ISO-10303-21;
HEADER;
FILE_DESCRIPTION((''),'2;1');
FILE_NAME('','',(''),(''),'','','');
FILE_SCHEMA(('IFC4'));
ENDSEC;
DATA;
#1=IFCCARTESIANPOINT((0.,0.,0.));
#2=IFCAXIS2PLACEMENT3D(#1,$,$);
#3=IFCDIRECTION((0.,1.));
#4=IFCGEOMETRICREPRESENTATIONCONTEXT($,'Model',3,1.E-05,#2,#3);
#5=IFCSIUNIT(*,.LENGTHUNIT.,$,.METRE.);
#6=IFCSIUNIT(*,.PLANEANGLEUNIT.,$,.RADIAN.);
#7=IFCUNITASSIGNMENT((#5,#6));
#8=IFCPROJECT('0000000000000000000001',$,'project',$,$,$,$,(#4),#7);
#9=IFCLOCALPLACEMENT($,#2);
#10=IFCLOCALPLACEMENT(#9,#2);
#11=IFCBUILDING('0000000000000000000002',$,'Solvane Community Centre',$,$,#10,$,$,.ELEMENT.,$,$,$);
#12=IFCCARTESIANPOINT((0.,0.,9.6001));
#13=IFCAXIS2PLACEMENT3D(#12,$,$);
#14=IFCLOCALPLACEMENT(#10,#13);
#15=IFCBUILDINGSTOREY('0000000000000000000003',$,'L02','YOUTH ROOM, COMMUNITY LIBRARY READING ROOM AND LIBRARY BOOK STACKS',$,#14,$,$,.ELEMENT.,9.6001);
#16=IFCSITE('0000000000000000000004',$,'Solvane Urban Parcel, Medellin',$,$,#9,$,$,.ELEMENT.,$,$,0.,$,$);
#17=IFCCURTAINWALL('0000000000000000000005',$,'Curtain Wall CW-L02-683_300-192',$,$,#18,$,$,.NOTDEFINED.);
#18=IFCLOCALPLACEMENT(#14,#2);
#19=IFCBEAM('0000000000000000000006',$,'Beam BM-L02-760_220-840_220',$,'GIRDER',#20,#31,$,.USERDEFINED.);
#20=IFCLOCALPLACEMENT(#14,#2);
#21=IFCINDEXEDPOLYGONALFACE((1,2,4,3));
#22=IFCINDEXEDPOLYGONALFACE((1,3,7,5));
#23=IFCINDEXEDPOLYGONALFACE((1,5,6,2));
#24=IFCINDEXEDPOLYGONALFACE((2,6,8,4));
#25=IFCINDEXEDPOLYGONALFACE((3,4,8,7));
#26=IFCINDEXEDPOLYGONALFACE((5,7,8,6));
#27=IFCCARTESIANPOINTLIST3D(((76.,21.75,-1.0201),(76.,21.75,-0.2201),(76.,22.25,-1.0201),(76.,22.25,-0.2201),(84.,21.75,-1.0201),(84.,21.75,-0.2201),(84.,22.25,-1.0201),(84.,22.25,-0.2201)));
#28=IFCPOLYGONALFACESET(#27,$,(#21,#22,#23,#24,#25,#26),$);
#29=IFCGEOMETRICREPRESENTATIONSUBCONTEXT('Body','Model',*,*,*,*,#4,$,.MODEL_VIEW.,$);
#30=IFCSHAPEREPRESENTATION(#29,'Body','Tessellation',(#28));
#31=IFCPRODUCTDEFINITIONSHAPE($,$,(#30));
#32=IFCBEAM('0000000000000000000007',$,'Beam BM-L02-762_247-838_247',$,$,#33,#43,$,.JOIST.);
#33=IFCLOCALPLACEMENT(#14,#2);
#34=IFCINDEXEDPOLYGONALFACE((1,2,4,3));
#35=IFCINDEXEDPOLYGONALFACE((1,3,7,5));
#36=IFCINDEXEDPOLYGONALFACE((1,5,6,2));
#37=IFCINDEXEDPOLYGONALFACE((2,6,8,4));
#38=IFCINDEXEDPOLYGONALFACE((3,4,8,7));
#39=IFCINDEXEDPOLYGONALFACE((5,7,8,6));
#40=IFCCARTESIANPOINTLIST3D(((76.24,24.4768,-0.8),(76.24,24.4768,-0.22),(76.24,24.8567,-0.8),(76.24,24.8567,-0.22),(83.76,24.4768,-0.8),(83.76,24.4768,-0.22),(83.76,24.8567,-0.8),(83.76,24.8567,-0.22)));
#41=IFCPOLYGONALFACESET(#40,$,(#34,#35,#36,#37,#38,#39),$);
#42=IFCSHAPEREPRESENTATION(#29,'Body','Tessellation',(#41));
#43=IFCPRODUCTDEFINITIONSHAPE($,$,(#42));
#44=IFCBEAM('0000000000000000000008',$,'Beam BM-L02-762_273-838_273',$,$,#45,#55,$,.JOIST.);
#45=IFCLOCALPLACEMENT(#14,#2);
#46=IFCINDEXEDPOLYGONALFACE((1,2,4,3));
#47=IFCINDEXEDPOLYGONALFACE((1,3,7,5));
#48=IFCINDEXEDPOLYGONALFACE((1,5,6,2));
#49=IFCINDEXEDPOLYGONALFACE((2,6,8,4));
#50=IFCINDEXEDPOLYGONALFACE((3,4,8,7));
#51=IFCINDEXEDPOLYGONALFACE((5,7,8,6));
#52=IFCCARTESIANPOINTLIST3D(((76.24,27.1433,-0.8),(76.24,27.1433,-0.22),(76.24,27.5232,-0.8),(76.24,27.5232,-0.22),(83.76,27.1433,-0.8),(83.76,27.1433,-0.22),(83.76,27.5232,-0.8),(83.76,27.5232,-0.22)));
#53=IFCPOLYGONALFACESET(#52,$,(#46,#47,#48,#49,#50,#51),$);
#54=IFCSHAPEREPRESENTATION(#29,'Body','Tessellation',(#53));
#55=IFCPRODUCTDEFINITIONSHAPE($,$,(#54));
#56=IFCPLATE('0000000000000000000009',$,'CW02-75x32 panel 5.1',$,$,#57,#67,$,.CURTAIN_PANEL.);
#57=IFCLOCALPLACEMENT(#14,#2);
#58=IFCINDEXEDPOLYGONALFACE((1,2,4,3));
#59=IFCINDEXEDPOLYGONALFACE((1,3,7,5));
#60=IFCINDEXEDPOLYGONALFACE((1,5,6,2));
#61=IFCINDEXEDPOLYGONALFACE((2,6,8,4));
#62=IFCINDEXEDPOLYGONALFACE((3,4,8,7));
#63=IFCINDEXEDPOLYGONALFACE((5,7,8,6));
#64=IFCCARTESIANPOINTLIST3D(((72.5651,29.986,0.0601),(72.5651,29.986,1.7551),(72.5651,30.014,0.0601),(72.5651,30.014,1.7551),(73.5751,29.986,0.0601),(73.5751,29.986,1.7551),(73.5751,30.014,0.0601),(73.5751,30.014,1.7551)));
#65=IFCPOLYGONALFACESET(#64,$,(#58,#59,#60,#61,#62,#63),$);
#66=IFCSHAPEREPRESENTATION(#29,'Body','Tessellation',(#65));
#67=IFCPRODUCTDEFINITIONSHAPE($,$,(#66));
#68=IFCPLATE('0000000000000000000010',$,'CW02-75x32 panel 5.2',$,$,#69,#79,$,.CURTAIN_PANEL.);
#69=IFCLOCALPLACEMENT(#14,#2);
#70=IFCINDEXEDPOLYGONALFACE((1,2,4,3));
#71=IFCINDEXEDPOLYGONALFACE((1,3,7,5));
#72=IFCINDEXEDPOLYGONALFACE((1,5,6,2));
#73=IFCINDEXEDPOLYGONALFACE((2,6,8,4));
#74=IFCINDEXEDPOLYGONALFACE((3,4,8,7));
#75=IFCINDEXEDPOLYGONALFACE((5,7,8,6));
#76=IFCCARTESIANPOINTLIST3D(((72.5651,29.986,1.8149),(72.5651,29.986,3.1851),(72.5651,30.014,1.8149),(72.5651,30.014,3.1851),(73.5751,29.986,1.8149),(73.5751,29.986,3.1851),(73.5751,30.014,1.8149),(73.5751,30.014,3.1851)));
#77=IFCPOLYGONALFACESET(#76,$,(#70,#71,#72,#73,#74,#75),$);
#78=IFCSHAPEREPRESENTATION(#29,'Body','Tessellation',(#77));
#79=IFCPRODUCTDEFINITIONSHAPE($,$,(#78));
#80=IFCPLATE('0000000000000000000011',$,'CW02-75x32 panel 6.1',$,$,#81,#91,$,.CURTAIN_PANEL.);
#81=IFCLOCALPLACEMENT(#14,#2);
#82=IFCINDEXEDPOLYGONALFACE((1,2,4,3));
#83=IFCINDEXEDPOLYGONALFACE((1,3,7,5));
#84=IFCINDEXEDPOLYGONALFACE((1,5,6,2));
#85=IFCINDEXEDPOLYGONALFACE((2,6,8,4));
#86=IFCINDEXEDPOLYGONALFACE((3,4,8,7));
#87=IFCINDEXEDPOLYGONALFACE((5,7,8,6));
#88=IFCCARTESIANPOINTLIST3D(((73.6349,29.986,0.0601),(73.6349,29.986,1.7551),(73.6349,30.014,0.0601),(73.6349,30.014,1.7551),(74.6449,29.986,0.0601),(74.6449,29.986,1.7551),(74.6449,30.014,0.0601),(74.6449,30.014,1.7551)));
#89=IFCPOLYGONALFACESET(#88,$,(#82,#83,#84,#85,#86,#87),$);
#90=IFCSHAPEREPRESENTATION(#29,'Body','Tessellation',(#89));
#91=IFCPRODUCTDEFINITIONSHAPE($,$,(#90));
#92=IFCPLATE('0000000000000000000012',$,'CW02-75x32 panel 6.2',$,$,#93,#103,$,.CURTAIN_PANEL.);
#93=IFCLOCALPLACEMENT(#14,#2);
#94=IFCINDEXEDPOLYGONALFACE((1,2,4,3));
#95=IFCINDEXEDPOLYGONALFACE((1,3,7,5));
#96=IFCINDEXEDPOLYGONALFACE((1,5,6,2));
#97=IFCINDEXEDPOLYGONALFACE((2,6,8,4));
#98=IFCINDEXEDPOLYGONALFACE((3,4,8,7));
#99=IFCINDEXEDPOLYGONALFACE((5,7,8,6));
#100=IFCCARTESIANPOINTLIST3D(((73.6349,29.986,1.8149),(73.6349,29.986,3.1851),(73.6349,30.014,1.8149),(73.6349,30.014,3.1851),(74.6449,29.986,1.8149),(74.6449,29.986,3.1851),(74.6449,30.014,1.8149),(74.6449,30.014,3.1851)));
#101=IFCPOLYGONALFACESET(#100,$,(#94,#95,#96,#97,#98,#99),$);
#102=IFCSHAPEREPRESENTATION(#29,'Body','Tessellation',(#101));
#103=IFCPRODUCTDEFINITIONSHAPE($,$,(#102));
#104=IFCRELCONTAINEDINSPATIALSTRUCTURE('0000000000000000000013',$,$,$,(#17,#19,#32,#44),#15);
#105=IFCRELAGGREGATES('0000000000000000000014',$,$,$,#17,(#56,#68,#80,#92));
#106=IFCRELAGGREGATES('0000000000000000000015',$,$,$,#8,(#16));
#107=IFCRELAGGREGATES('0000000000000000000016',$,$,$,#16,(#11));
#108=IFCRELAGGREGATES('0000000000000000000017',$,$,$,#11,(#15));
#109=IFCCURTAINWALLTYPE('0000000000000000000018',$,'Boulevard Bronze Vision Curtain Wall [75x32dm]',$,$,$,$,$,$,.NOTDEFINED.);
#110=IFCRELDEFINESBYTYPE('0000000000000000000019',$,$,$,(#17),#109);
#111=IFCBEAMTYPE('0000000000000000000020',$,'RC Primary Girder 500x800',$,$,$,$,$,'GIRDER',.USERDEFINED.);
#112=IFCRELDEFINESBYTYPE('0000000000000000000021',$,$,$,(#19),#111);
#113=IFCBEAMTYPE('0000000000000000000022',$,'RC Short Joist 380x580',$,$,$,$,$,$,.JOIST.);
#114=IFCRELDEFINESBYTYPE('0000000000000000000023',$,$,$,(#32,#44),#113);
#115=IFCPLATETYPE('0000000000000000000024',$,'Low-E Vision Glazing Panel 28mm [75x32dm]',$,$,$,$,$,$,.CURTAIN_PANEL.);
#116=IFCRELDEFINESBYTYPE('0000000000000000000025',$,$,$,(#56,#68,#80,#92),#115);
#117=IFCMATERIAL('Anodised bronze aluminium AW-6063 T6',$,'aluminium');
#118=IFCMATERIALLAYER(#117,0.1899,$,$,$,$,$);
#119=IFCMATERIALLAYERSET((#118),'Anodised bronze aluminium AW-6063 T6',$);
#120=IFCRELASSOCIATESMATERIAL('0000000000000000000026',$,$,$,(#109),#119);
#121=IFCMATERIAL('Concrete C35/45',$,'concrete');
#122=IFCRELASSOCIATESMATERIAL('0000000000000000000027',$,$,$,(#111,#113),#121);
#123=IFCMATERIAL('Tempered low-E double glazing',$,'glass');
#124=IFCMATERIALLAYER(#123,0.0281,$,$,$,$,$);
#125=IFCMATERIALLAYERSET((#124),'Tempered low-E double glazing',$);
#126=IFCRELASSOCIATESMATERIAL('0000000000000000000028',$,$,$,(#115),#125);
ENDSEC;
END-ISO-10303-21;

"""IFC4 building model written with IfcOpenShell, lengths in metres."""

from ifc_helpers import new_model, si_unit, direction, frame, origin, origin_2d, place, context, subcontext, project, spatial, rectangle, extrude, material, layer, layer_set, material_profile, profile_set, type_object, element, aggregate, save


model = new_model("IFC4")

# Units and contexts
model_context = context("Model", 3, precision=1e-05, world=origin(), true_north=direction((0.0, 1.0)))
body_context = subcontext(model_context, "Body", "Model", "MODEL_VIEW")
ifc_project = project(units=[si_unit("LENGTHUNIT", "METRE"), si_unit("PLANEANGLEUNIT", "RADIAN")], contexts=[model_context])

# Site, building, storey
site_placement = place(None, origin())
site = spatial("IfcSite", under=ifc_project, at=site_placement, Name="Solvane Urban Parcel, Medellin", CompositionType="ELEMENT", RefElevation=0.0)
building_placement = place(site_placement, origin())
building = spatial("IfcBuilding", under=site, at=building_placement, Name="Solvane Community Centre", CompositionType="ELEMENT")
storey_placement = place(building_placement, frame((0.0, 0.0, 9.6001)))
storey = spatial("IfcBuildingStorey", under=building, at=storey_placement, Name="L02", Description="YOUTH ROOM, COMMUNITY LIBRARY READING ROOM AND LIBRARY BOOK STACKS", CompositionType="ELEMENT", Elevation=9.6001)

# Curtain wall
ifc_material_1 = material(Name="Anodised bronze aluminium AW-6063 T6", Category="aluminium")
ifc_layer_1 = layer(ifc_material_1, 0.1899)
ifc_layer_set_1 = layer_set([ifc_layer_1], Name="Anodised bronze aluminium AW-6063 T6")
curtain_wall_type = type_object("IfcCurtainWallType", Name="Boulevard Bronze Vision Curtain Wall [75x32dm]", PredefinedType="NOTDEFINED", material=ifc_layer_set_1)
curtain_wall_placement = place(storey_placement, origin())
curtain_wall = element("IfcCurtainWall", 1, at=curtain_wall_placement, inside=storey, type_object=curtain_wall_type, Name="Curtain Wall CW-L02-683_300-192", PredefinedType="NOTDEFINED")

# Beams
ifc_material_2 = material(Name="Concrete C35/45", Category="concrete")
ifc_material_profile_1 = material_profile(ifc_material_2, rectangle(XDim=0.5, YDim=0.8, at=origin_2d()), Name="RC 500x800")
ifc_profile_set_1 = profile_set([ifc_material_profile_1], Name="Concrete C35/45")
beam_type_1 = type_object("IfcBeamType", Name="RC Primary Girder 500x800", ElementType="GIRDER", PredefinedType="USERDEFINED", material=ifc_profile_set_1)
beam_1_placement = place(storey_placement, frame((76.0, 22.0, -0.6201), z_axis=(1.0, 0.0, 0.0), x_axis=(0.0, 1.0, 0.0)))
element("IfcBeam", 2, at=beam_1_placement, inside=storey, type_object=beam_type_1, Name="Beam BM-L02-760_220-840_220", ObjectType="GIRDER", PredefinedType="USERDEFINED", context=body_context, shape_type="SweptSolid", body=[
    extrude(rectangle(XDim=0.5, YDim=0.8, at=origin_2d()), origin(), (0.0, 0.0, 1.0), 8.0),
])
ifc_material_profile_2 = material_profile(ifc_material_2, rectangle(XDim=0.3799, YDim=0.5801, at=origin_2d()), Name="RC 380x580")
ifc_profile_set_2 = profile_set([ifc_material_profile_2], Name="Concrete C35/45")
beam_type_2 = type_object("IfcBeamType", Name="RC Short Joist 380x580", PredefinedType="JOIST", material=ifc_profile_set_2)
for number, where, z_axis, x_axis, name in (
    (3, (76.24, 24.6667, -0.51), (1.0, 0.0, 0.0), (0.0, 1.0, 0.0), "Beam BM-L02-762_247-838_247"),
    (4, (76.24, 27.3333, -0.51), (1.0, 0.0, 0.0), (0.0, 1.0, 0.0), "Beam BM-L02-762_273-838_273"),
):
    element("IfcBeam", number, at=place(storey_placement, frame(where, z_axis=z_axis, x_axis=x_axis)), inside=storey, type_object=beam_type_2, Name=name, PredefinedType="JOIST", context=body_context, shape_type="SweptSolid", body=[
        extrude(rectangle(XDim=0.3799, YDim=0.5801, at=origin_2d()), origin(), (0.0, 0.0, 1.0), 7.52),
    ])

# Plates
ifc_material_3 = material(Name="Tempered low-E double glazing", Category="glass")
ifc_layer_2 = layer(ifc_material_3, 0.0281)
ifc_layer_set_2 = layer_set([ifc_layer_2], Name="Tempered low-E double glazing")
plate_type = type_object("IfcPlateType", Name="Low-E Vision Glazing Panel 28mm [75x32dm]", PredefinedType="CURTAIN_PANEL", material=ifc_layer_set_2)
plate_1_placement = place(storey_placement, frame((73.0701, 30.0, 0.0601), z_axis=(0.0, 0.0, 1.0), x_axis=(1.0, 0.0, 0.0)))
plate_1 = element("IfcPlate", 5, at=plate_1_placement, type_object=plate_type, Name="CW02-75x32 panel 5.1", PredefinedType="CURTAIN_PANEL", context=body_context, shape_type="SweptSolid", body=[
    extrude(rectangle(XDim=1.01, YDim=0.0281, at=origin_2d()), origin(), (0.0, 0.0, 1.0), 1.6951),
])
plate_2_placement = place(storey_placement, frame((73.0701, 30.0, 1.8149), z_axis=(0.0, 0.0, 1.0), x_axis=(1.0, 0.0, 0.0)))
plate_2 = element("IfcPlate", 6, at=plate_2_placement, type_object=plate_type, Name="CW02-75x32 panel 5.2", PredefinedType="CURTAIN_PANEL", context=body_context, shape_type="SweptSolid", body=[
    extrude(rectangle(XDim=1.01, YDim=0.0281, at=origin_2d()), origin(), (0.0, 0.0, 1.0), 1.3701),
])
plate_3_placement = place(storey_placement, frame((74.1399, 30.0, 0.0601), z_axis=(0.0, 0.0, 1.0), x_axis=(1.0, 0.0, 0.0)))
plate_3 = element("IfcPlate", 7, at=plate_3_placement, type_object=plate_type, Name="CW02-75x32 panel 6.1", PredefinedType="CURTAIN_PANEL", context=body_context, shape_type="SweptSolid", body=[
    extrude(rectangle(XDim=1.01, YDim=0.0281, at=origin_2d()), origin(), (0.0, 0.0, 1.0), 1.6951),
])
plate_4_placement = place(storey_placement, frame((74.1399, 30.0, 1.8149), z_axis=(0.0, 0.0, 1.0), x_axis=(1.0, 0.0, 0.0)))
plate_4 = element("IfcPlate", 8, at=plate_4_placement, type_object=plate_type, Name="CW02-75x32 panel 6.2", PredefinedType="CURTAIN_PANEL", context=body_context, shape_type="SweptSolid", body=[
    extrude(rectangle(XDim=1.01, YDim=0.0281, at=origin_2d()), origin(), (0.0, 0.0, 1.0), 1.3701),
])
aggregate(curtain_wall, [plate_1, plate_2, plate_3, plate_4])

save(model, "model.ifc")
